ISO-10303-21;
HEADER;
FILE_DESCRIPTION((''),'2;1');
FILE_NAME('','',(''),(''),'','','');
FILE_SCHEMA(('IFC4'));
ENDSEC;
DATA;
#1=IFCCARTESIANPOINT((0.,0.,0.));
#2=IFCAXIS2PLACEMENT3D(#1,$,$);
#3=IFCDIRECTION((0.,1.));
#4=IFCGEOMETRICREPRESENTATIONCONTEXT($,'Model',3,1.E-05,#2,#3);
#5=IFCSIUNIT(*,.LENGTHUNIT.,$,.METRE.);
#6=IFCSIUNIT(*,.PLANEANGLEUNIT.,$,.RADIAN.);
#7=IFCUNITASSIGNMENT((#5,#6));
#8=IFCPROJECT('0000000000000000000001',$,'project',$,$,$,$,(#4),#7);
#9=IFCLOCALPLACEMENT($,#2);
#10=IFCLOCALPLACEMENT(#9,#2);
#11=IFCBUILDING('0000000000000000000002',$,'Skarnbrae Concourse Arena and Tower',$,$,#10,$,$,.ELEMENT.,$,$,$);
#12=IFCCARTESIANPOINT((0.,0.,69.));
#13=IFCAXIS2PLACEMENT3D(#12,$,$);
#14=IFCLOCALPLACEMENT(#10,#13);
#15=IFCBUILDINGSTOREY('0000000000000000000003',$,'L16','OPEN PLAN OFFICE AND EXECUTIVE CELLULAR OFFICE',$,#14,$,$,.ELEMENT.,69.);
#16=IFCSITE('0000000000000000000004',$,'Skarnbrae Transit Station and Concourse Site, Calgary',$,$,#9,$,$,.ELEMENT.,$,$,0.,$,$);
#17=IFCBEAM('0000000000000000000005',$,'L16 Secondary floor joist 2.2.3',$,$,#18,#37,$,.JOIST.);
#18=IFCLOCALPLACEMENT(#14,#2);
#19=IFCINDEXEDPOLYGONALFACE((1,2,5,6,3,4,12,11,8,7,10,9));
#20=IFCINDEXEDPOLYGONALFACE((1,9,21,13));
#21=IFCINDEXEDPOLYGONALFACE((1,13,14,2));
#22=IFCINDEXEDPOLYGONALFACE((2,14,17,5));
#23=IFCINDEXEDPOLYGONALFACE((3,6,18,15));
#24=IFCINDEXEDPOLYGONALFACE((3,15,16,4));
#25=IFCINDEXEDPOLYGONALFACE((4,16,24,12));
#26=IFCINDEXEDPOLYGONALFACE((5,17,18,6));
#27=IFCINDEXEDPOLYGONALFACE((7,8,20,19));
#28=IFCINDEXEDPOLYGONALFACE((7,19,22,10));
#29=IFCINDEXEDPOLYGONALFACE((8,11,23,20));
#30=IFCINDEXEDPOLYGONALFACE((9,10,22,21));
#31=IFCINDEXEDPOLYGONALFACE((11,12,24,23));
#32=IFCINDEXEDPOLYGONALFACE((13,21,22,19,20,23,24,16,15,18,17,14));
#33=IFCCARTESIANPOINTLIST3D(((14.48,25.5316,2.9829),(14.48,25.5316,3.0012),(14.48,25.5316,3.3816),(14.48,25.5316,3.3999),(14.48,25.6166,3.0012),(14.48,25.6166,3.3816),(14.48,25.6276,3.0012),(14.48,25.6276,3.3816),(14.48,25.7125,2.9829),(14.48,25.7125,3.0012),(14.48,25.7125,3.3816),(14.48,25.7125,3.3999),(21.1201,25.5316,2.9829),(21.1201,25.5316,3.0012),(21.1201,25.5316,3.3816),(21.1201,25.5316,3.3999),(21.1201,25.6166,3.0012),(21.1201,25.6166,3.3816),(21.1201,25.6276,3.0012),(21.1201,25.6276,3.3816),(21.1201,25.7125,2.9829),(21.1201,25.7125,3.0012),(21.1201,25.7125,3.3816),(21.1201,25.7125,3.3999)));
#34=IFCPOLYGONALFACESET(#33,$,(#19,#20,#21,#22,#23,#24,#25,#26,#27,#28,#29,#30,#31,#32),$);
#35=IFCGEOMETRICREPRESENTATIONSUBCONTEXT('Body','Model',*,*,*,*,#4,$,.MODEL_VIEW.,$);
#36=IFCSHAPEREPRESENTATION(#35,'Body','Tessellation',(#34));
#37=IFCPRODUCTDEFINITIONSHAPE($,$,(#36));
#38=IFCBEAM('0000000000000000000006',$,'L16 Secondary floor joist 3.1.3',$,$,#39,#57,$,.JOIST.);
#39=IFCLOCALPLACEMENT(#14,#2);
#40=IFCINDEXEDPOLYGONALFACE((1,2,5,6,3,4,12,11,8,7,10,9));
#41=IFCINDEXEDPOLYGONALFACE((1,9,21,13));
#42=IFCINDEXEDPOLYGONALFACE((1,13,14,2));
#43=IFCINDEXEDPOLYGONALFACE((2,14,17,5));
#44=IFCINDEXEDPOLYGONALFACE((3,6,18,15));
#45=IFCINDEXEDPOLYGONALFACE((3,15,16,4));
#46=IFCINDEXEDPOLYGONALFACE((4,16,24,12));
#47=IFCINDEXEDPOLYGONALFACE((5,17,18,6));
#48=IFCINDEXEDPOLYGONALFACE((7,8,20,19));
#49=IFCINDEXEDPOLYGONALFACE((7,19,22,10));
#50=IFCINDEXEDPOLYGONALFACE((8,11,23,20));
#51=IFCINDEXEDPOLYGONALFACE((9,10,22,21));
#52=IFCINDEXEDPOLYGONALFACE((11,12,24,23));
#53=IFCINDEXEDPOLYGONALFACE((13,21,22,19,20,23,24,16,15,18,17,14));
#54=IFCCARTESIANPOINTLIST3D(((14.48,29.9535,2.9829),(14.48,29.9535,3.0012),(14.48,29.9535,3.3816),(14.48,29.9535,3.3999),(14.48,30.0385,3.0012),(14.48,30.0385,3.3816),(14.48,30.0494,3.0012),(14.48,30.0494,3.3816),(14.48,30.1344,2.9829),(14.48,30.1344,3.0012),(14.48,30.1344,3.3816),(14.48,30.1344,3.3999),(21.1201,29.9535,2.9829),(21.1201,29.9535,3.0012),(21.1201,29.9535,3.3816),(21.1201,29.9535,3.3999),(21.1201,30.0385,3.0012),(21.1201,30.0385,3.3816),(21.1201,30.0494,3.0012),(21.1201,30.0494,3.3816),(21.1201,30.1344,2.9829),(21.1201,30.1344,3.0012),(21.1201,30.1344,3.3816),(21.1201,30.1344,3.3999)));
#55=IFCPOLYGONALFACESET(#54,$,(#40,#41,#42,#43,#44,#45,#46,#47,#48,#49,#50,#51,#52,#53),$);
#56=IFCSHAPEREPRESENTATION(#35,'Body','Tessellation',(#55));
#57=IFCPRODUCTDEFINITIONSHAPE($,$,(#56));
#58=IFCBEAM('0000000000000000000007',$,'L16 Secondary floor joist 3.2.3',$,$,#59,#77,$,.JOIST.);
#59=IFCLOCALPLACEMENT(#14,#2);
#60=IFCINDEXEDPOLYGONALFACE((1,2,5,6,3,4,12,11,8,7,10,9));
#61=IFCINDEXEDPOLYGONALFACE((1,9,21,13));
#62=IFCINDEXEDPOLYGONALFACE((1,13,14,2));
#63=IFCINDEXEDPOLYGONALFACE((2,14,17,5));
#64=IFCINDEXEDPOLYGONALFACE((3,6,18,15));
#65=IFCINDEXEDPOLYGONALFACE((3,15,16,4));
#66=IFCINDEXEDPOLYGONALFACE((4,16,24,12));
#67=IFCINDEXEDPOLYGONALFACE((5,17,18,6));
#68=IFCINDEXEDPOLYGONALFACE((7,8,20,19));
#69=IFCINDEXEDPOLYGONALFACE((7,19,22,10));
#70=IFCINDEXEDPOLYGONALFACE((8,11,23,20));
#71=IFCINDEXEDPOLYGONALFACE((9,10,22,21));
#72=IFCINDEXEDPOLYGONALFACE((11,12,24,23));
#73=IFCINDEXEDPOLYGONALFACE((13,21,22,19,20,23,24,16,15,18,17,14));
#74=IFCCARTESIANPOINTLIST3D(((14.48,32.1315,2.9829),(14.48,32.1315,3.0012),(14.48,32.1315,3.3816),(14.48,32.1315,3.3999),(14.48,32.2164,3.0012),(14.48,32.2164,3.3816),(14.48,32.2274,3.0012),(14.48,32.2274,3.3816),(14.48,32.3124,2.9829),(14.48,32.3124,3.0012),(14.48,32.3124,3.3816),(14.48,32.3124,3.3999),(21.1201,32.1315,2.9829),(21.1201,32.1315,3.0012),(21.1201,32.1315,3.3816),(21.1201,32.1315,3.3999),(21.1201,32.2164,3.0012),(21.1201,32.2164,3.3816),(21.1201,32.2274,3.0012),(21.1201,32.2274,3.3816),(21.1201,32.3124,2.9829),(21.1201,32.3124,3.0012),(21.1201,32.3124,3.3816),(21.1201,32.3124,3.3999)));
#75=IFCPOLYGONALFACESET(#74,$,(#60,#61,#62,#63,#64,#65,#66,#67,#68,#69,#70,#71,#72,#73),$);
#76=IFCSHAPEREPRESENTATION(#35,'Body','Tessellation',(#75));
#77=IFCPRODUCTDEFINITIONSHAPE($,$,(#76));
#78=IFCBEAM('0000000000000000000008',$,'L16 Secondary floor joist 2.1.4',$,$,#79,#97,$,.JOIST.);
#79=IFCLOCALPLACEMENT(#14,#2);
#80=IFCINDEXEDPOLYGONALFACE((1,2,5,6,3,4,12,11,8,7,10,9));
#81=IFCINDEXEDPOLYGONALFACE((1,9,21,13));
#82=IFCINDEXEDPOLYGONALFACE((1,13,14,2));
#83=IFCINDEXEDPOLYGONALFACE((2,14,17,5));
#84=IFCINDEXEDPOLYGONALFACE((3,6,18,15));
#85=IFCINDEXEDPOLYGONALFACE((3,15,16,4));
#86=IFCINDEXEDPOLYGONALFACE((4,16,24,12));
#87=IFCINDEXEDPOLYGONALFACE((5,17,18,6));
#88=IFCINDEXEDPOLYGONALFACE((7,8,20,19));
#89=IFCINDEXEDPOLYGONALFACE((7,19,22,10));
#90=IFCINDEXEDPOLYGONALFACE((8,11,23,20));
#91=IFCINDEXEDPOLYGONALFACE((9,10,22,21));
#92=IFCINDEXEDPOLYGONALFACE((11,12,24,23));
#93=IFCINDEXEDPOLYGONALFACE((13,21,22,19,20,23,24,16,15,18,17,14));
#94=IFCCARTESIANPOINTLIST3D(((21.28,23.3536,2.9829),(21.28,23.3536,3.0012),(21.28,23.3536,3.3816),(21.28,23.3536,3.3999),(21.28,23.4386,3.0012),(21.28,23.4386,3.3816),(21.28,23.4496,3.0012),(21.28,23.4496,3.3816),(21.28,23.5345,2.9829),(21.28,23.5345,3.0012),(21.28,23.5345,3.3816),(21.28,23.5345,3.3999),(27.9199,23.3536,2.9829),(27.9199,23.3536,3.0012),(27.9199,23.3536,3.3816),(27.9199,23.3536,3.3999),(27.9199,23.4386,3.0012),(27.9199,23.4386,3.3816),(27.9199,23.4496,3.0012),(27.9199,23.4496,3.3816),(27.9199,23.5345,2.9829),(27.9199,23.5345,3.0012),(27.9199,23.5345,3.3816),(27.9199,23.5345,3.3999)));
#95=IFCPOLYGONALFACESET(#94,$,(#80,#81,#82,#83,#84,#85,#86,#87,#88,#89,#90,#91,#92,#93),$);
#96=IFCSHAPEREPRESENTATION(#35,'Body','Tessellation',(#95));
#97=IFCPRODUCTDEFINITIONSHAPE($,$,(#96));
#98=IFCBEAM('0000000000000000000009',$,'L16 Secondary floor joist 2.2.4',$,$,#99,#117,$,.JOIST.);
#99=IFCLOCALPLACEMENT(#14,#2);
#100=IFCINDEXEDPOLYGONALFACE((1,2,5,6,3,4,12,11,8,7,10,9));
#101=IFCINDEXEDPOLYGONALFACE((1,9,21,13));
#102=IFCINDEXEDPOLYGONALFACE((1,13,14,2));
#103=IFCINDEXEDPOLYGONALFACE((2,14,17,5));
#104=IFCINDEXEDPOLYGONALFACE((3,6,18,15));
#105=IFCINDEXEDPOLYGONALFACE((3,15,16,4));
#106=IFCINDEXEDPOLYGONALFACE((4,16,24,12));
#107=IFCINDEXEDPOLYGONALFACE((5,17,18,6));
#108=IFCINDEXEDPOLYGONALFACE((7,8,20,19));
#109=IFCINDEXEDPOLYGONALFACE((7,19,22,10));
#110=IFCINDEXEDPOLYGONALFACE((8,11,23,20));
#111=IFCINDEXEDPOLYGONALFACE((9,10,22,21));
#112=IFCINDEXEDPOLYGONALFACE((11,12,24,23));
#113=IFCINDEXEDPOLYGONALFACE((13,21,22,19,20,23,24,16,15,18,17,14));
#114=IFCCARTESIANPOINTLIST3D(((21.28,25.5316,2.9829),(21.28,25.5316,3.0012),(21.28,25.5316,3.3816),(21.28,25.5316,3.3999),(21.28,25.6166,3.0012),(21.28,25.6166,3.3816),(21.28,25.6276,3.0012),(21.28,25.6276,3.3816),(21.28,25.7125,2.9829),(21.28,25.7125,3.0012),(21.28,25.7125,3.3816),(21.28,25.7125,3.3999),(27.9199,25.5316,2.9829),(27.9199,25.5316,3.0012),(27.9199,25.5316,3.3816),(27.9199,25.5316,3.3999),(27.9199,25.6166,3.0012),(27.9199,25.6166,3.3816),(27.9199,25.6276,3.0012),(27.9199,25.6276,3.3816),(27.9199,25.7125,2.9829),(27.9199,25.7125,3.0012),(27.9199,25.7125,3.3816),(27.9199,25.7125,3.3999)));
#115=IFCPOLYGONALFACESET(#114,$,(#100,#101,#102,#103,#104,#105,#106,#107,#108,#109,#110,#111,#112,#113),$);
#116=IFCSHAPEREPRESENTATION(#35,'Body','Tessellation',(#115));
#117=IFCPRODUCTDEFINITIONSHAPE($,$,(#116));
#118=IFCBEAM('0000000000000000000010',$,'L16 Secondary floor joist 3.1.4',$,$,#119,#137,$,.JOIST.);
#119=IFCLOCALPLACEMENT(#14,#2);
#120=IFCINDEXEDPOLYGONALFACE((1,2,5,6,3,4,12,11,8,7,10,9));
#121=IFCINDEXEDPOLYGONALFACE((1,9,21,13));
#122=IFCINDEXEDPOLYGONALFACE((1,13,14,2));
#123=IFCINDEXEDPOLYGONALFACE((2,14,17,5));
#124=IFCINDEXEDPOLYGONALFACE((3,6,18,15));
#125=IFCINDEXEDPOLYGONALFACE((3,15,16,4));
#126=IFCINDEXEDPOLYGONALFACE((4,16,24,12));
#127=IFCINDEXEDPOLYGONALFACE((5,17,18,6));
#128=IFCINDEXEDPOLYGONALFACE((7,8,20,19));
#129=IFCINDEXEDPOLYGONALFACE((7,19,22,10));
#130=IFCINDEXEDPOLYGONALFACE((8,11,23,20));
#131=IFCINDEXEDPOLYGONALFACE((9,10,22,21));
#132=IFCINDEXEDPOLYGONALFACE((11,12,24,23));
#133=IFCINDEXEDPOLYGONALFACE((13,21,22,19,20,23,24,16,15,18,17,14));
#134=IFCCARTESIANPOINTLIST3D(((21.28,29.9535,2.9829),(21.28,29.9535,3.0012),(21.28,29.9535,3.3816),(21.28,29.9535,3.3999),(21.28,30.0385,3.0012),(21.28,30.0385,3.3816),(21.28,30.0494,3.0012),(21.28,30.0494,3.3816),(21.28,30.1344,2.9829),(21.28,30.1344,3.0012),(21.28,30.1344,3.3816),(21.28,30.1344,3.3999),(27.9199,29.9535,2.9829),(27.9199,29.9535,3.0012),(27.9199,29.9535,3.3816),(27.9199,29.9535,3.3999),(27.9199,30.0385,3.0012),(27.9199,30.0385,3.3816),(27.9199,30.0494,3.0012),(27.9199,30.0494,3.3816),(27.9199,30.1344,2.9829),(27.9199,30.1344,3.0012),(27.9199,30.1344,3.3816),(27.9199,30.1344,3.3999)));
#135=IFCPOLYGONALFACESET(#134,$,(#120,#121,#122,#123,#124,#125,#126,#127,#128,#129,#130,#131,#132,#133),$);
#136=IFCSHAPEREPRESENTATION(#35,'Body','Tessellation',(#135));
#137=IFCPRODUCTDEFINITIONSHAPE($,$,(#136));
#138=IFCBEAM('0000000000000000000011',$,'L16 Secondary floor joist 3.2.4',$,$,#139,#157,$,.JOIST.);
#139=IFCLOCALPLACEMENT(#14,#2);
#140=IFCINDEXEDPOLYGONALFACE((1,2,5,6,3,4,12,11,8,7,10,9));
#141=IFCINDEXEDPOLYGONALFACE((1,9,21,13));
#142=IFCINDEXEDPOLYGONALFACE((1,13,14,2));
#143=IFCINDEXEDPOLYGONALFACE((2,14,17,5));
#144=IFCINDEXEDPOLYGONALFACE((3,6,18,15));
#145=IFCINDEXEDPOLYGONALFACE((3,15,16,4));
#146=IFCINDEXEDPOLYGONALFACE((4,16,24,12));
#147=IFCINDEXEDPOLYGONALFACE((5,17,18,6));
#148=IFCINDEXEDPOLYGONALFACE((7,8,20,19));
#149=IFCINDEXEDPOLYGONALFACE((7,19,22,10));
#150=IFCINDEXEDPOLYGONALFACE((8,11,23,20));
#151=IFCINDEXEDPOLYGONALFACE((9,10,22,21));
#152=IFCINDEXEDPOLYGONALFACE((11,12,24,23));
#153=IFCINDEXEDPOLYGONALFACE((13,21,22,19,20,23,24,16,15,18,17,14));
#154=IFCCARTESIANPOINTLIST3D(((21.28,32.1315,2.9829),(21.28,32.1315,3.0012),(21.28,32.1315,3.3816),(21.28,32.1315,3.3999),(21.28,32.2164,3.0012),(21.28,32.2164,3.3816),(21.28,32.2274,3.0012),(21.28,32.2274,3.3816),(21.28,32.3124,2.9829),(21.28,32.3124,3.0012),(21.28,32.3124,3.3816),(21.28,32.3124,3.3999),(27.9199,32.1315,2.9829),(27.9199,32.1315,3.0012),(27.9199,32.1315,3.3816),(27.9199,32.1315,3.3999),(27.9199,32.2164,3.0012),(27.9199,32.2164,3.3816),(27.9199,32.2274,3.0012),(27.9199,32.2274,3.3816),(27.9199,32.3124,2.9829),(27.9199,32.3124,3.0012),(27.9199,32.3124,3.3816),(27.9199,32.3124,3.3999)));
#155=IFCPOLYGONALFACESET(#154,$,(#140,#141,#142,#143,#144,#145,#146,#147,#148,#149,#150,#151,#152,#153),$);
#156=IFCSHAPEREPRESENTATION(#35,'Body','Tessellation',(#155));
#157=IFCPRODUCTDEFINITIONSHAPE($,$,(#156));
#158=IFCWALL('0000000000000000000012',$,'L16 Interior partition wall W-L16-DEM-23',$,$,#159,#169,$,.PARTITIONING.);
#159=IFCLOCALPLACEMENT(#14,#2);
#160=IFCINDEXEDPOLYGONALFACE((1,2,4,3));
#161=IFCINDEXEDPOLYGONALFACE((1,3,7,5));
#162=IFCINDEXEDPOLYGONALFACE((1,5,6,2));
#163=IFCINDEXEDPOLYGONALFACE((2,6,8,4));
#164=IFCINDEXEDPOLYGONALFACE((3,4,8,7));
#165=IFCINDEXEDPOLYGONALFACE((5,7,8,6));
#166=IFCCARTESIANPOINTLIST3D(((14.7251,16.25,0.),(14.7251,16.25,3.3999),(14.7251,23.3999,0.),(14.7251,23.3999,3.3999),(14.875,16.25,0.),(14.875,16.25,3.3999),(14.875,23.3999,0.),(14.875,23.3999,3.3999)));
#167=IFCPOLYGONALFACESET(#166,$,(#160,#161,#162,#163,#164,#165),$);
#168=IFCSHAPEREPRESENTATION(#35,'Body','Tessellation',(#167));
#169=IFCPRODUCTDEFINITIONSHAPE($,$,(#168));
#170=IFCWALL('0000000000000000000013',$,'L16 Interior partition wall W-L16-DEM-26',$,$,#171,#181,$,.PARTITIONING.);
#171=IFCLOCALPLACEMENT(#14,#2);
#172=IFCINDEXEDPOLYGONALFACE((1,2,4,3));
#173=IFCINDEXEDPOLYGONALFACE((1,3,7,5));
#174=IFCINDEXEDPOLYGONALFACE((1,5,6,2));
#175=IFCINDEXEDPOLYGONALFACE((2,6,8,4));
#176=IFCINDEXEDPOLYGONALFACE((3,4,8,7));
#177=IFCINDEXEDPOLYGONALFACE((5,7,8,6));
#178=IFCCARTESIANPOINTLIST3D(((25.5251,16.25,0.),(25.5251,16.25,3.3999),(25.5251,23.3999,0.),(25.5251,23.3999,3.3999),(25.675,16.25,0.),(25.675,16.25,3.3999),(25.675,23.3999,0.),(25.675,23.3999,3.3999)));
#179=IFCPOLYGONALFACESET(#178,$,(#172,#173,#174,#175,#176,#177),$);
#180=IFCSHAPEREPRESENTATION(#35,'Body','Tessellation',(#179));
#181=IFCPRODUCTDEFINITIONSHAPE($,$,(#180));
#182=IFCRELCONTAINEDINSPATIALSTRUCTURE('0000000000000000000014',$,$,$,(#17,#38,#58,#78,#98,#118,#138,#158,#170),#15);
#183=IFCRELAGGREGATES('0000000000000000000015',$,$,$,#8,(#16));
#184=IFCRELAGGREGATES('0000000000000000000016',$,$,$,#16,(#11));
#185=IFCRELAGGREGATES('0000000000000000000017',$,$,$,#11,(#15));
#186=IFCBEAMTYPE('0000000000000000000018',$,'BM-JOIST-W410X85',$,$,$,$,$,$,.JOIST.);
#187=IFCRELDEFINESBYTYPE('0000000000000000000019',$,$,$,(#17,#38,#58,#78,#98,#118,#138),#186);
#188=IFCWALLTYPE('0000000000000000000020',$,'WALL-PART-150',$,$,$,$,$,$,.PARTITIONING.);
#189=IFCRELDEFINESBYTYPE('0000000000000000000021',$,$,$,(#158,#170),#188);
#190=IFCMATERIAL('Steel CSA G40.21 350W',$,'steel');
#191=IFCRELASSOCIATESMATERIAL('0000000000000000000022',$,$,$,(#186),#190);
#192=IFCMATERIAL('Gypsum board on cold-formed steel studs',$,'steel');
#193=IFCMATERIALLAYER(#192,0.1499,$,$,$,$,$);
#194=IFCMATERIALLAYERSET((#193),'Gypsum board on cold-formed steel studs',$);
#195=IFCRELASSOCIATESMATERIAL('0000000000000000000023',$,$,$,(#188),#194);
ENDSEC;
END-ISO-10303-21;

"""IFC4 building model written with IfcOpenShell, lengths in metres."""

from ifc_helpers import new_model, si_unit, direction, frame, frame_2d, origin, origin_2d, place, context, subcontext, project, spatial, rectangle, i_section, extrude, source, transform, mapped, material, layer, layer_set, material_profile, profile_set, type_object, element, save


model = new_model("IFC4")

# Units and contexts
model_context = context("Model", 3, precision=1e-05, world=origin(), true_north=direction((0.0, 1.0)))
body_context = subcontext(model_context, "Body", "Model", "MODEL_VIEW")
ifc_project = project(units=[si_unit("LENGTHUNIT", "METRE"), si_unit("PLANEANGLEUNIT", "RADIAN")], contexts=[model_context])

# Site, building, storey
site_placement = place(None, origin())
site = spatial("IfcSite", under=ifc_project, at=site_placement, Name="Skarnbrae Transit Station and Concourse Site, Calgary", CompositionType="ELEMENT", RefElevation=0.0)
building_placement = place(site_placement, origin())
building = spatial("IfcBuilding", under=site, at=building_placement, Name="Skarnbrae Concourse Arena and Tower", CompositionType="ELEMENT")
storey_placement = place(building_placement, frame((0.0, 0.0, 69.0)))
storey = spatial("IfcBuildingStorey", under=building, at=storey_placement, Name="L16", Description="OPEN PLAN OFFICE AND EXECUTIVE CELLULAR OFFICE", CompositionType="ELEMENT", Elevation=69.0)

# Shared definitions
ifc_material_1 = material(Name="Steel CSA G40.21 350W", Category="steel")

# Beams
ifc_material_profile_1 = material_profile(ifc_material_1, i_section(OverallWidth=0.1809, OverallDepth=0.417, WebThickness=0.011, FlangeThickness=0.0183, at=origin_2d()), Name="W410X85")
ifc_profile_set_1 = profile_set([ifc_material_profile_1], Name="Steel CSA G40.21 350W")
beam_type_1 = type_object("IfcBeamType", Name="BM-JOIST-W410X85", PredefinedType="JOIST", material=ifc_profile_set_1)
shared_shape_1 = source(origin(), body_context, "Body", "SweptSolid", [
    extrude(i_section(OverallWidth=0.1809, OverallDepth=0.417, WebThickness=0.011, FlangeThickness=0.0183, at=origin_2d()), origin(), (0.0, 0.0, 1.0), 6.6401),
])
for number, where, z_axis, x_axis, name in (
    (1, (14.48, 25.6221, 3.1914), (1.0, 0.0, 0.0), (0.0, 1.0, 0.0), "L16 Secondary floor joist 2.2.3"),
    (2, (14.48, 30.0439, 3.1914), (1.0, 0.0, 0.0), (0.0, 1.0, 0.0), "L16 Secondary floor joist 3.1.3"),
    (3, (14.48, 32.2219, 3.1914), (1.0, 0.0, 0.0), (0.0, 1.0, 0.0), "L16 Secondary floor joist 3.2.3"),
):
    element("IfcBeam", number, at=place(storey_placement, frame(where, z_axis=z_axis, x_axis=x_axis)), inside=storey, type_object=beam_type_1, Name=name, PredefinedType="JOIST", context=body_context, shape_type="MappedRepresentation", body=[
        mapped(shared_shape_1, transform((0.0, 0.0, 0.0))),
    ])
shared_shape_2 = source(origin(), body_context, "Body", "SweptSolid", [
    extrude(i_section(OverallWidth=0.1809, OverallDepth=0.417, WebThickness=0.011, FlangeThickness=0.0183, at=origin_2d()), origin(), (0.0, 0.0, 1.0), 6.6399),
])
for number, where, z_axis, x_axis, name in (
    (4, (21.28, 23.4441, 3.1914), (1.0, 0.0, 0.0), (0.0, 1.0, 0.0), "L16 Secondary floor joist 2.1.4"),
    (5, (21.28, 25.6221, 3.1914), (1.0, 0.0, 0.0), (0.0, 1.0, 0.0), "L16 Secondary floor joist 2.2.4"),
    (6, (21.28, 30.0439, 3.1914), (1.0, 0.0, 0.0), (0.0, 1.0, 0.0), "L16 Secondary floor joist 3.1.4"),
    (7, (21.28, 32.2219, 3.1914), (1.0, 0.0, 0.0), (0.0, 1.0, 0.0), "L16 Secondary floor joist 3.2.4"),
):
    element("IfcBeam", number, at=place(storey_placement, frame(where, z_axis=z_axis, x_axis=x_axis)), inside=storey, type_object=beam_type_1, Name=name, PredefinedType="JOIST", context=body_context, shape_type="MappedRepresentation", body=[
        mapped(shared_shape_2, transform((0.0, 0.0, 0.0))),
    ])

# Walls
ifc_material_2 = material(Name="Gypsum board on cold-formed steel studs", Category="steel")
ifc_layer = layer(ifc_material_2, 0.1499)
ifc_layer_set = layer_set([ifc_layer], Name="Gypsum board on cold-formed steel studs")
wall_type = type_object("IfcWallType", Name="WALL-PART-150", PredefinedType="PARTITIONING", material=ifc_layer_set)
shared_shape_3 = source(origin(), body_context, "Body", "SweptSolid", [
    extrude(rectangle(XDim=7.1499, YDim=0.1499, at=frame_2d((3.575, 0.0))), origin(), (0.0, 0.0, 1.0), 3.3999),
])
for number, where, z_axis, x_axis, name in (
    (8, (14.8, 23.3999, 0.0), (0.0, 0.0, 1.0), (0.0, -1.0, 0.0), "L16 Interior partition wall W-L16-DEM-23"),
    (9, (25.6001, 23.3999, 0.0), (0.0, 0.0, 1.0), (0.0, -1.0, 0.0), "L16 Interior partition wall W-L16-DEM-26"),
):
    element("IfcWall", number, at=place(storey_placement, frame(where, z_axis=z_axis, x_axis=x_axis)), inside=storey, type_object=wall_type, Name=name, PredefinedType="PARTITIONING", context=body_context, shape_type="MappedRepresentation", body=[
        mapped(shared_shape_3, transform((0.0, 0.0, 0.0))),
    ])

save(model, "model.ifc")
